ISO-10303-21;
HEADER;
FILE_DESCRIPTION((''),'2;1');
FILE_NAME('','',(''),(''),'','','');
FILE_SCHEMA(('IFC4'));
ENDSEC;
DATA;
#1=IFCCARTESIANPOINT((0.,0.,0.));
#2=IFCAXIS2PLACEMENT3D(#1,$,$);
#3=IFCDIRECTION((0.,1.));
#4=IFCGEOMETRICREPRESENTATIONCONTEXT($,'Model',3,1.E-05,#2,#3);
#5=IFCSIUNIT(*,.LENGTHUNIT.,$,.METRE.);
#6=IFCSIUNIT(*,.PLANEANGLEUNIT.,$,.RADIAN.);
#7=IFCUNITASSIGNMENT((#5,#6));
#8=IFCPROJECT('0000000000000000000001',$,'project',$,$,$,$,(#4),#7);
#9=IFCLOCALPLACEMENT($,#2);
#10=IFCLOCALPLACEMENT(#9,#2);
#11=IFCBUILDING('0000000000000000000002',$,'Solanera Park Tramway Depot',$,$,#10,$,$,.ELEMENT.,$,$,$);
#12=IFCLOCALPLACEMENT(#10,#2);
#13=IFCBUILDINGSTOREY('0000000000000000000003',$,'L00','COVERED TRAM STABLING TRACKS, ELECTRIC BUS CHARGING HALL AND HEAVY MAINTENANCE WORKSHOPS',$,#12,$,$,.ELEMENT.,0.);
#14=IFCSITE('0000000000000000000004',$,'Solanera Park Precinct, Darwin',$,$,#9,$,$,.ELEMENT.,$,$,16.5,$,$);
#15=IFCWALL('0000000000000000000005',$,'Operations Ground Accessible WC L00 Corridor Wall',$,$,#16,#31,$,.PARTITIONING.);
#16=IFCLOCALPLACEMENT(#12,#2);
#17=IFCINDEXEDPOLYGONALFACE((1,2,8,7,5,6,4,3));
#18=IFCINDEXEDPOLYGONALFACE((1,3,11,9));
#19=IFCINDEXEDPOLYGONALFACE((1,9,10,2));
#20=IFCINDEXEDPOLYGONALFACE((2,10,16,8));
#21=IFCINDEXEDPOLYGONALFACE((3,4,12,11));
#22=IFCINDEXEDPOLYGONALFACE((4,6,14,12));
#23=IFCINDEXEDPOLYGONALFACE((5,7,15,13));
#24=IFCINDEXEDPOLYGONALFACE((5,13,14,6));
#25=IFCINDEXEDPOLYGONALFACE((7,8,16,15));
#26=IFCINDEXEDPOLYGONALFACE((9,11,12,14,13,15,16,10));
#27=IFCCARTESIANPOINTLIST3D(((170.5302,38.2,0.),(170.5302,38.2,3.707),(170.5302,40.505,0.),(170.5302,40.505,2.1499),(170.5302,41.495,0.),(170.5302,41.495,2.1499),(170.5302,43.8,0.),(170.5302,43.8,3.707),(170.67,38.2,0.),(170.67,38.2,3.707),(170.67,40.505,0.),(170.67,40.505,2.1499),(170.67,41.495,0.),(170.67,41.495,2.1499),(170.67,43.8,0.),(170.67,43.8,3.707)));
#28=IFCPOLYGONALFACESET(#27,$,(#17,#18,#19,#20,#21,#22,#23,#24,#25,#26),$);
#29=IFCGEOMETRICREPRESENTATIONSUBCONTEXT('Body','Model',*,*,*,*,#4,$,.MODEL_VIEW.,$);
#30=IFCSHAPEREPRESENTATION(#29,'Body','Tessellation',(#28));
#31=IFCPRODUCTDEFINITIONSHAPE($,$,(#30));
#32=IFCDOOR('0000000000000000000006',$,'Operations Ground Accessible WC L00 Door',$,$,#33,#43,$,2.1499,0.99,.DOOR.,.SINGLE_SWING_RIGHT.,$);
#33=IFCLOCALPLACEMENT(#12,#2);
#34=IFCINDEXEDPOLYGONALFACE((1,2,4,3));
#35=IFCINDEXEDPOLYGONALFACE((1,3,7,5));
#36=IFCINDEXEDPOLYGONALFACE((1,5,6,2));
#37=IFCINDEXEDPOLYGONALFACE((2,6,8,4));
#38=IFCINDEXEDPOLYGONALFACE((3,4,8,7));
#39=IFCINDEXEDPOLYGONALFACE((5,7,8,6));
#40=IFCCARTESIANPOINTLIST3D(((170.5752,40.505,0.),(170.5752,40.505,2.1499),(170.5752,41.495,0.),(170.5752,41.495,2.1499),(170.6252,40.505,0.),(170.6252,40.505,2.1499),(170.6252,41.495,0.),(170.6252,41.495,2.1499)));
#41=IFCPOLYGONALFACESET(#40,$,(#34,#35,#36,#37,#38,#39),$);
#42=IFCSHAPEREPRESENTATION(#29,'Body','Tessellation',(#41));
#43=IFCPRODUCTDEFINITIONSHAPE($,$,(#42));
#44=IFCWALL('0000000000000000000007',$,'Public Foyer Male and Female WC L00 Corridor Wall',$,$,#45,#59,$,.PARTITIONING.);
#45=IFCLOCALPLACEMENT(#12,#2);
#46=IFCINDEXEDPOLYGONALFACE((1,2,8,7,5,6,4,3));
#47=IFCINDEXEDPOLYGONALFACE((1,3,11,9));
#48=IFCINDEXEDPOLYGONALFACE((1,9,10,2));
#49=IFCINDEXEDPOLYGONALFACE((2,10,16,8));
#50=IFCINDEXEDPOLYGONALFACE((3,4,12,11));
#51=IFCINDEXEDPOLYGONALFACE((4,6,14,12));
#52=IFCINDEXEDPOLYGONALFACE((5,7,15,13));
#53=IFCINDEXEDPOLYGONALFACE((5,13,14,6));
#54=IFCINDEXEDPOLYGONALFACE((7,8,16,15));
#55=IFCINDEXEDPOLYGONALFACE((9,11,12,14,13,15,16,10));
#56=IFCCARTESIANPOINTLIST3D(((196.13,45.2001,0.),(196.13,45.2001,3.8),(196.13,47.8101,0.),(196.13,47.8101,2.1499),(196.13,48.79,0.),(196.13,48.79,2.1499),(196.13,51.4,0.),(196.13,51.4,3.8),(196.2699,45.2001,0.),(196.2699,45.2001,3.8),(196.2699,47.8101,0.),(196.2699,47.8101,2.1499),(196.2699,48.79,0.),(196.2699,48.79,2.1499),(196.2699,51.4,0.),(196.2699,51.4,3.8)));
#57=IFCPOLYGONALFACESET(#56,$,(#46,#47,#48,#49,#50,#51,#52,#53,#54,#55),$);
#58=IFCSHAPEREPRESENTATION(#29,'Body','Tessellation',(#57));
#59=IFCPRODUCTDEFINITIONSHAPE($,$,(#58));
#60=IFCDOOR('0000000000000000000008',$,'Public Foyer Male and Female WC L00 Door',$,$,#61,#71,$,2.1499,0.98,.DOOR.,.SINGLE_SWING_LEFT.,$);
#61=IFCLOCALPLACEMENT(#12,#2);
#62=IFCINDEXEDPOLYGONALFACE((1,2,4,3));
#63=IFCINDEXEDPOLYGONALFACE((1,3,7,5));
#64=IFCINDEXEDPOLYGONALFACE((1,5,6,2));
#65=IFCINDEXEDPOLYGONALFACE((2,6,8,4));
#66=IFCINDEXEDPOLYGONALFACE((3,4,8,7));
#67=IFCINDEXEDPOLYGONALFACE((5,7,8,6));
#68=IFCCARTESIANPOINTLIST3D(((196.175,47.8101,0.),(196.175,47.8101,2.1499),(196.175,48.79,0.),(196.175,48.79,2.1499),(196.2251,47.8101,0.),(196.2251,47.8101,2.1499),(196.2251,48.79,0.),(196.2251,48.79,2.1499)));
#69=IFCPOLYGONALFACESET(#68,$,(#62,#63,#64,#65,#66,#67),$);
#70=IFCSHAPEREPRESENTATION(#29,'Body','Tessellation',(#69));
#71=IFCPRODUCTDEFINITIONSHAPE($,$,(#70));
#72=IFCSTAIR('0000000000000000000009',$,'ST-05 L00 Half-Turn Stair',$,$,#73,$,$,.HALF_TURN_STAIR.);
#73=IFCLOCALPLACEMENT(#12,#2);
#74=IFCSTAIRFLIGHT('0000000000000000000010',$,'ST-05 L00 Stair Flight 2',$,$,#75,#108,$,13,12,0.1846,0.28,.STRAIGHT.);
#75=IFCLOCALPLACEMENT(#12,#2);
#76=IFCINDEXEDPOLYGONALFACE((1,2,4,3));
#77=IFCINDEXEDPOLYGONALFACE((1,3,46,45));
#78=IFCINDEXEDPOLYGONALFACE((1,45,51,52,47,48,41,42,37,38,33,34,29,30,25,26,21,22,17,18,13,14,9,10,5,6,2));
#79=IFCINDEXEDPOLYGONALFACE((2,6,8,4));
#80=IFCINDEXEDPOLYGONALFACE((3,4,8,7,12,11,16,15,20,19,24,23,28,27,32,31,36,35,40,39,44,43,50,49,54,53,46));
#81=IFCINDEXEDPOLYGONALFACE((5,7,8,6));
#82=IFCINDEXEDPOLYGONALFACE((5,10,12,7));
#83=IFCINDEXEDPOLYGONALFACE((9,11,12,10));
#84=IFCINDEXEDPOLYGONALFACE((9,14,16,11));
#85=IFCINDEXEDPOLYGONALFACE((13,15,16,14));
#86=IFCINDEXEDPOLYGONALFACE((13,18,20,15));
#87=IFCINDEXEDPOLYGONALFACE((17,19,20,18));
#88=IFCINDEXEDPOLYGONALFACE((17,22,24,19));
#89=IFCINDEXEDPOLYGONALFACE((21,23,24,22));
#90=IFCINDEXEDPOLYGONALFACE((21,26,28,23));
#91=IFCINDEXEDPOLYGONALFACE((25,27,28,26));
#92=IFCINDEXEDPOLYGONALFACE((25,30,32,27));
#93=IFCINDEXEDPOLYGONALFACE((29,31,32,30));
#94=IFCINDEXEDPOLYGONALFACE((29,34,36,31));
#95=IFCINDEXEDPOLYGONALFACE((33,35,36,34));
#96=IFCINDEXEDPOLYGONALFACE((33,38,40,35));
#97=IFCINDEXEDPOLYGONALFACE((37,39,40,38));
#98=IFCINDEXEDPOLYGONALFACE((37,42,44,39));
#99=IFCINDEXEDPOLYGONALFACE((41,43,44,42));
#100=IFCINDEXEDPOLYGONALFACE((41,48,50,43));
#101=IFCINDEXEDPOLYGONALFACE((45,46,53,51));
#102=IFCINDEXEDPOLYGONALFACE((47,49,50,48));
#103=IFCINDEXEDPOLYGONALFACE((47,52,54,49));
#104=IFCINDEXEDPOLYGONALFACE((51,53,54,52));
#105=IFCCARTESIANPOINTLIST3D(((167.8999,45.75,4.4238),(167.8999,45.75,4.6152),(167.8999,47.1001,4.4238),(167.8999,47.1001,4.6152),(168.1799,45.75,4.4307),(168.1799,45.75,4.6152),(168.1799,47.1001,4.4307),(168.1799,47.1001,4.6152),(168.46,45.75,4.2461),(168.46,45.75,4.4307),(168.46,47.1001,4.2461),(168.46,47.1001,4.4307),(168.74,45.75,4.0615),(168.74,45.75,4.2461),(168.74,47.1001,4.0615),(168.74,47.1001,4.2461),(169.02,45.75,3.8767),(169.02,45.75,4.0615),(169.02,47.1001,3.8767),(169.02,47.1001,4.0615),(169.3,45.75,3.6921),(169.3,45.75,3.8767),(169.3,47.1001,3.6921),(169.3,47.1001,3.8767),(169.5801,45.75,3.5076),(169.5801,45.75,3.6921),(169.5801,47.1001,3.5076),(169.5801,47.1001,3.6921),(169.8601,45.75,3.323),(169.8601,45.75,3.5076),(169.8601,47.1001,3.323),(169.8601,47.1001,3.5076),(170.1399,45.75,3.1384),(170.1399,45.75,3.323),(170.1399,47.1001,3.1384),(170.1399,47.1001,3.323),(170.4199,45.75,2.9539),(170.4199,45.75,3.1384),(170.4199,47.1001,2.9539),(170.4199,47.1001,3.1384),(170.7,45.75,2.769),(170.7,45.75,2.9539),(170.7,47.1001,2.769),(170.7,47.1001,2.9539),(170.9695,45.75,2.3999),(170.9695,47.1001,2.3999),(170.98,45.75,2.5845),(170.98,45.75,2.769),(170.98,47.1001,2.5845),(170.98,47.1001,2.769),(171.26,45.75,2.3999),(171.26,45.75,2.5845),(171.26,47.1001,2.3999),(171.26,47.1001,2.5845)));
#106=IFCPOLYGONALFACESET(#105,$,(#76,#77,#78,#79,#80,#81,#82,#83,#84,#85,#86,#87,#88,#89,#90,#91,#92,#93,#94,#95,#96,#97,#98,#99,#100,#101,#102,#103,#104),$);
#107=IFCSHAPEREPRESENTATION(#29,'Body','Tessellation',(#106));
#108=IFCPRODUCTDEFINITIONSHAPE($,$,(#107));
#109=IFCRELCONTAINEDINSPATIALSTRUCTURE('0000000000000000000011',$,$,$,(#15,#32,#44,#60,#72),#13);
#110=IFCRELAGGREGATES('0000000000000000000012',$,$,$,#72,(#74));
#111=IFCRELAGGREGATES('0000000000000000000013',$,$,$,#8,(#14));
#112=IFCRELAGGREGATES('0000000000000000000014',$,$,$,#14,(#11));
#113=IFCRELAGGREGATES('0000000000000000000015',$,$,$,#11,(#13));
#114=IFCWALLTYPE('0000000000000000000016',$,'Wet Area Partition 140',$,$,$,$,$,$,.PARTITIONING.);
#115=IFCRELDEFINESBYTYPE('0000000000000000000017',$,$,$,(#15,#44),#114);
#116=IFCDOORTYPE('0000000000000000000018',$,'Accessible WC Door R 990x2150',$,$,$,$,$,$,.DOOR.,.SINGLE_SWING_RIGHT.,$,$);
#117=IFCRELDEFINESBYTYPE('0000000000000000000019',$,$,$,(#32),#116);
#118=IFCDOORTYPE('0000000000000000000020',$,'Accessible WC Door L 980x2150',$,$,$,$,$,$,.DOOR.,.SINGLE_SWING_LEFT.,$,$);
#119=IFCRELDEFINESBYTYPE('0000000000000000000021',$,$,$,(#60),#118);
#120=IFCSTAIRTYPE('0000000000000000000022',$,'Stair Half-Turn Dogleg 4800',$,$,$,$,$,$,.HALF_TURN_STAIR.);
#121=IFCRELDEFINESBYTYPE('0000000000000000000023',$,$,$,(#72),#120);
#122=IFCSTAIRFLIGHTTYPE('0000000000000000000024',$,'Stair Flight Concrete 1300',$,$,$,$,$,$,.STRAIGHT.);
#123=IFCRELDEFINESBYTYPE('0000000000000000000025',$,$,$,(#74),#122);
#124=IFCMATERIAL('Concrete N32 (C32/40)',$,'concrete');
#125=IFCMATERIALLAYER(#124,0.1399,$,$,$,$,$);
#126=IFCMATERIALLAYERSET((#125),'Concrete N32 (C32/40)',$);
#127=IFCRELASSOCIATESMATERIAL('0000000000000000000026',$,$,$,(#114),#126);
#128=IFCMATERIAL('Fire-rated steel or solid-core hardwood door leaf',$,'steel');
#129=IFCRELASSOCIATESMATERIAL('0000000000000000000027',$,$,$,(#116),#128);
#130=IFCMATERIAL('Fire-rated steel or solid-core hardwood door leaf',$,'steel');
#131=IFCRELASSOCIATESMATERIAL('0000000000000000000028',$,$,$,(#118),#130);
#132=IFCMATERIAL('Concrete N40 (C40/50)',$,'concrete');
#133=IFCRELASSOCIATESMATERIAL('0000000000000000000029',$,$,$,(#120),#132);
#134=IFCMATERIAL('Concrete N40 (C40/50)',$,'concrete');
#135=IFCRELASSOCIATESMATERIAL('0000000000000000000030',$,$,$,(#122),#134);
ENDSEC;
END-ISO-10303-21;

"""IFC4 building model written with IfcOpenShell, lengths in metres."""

from ifc_helpers import new_model, si_unit, direction, frame, frame_2d, origin, place, context, subcontext, project, spatial, polyline, rectangle, outline, extrude, material, layer, layer_set, type_object, element, fill, aggregate, save


model = new_model("IFC4")

# Units and contexts
model_context = context("Model", 3, precision=1e-05, world=origin(), true_north=direction((0.0, 1.0)))
body_context = subcontext(model_context, "Body", "Model", "MODEL_VIEW")
ifc_project = project(units=[si_unit("LENGTHUNIT", "METRE"), si_unit("PLANEANGLEUNIT", "RADIAN")], contexts=[model_context])

# Site, building, storey
site_placement = place(None, origin())
site = spatial("IfcSite", under=ifc_project, at=site_placement, Name="Solanera Park Precinct, Darwin", CompositionType="ELEMENT", RefElevation=16.5)
building_placement = place(site_placement, origin())
building = spatial("IfcBuilding", under=site, at=building_placement, Name="Solanera Park Tramway Depot", CompositionType="ELEMENT")
storey_placement = place(building_placement, origin())
storey = spatial("IfcBuildingStorey", under=building, at=storey_placement, Name="L00", Description="COVERED TRAM STABLING TRACKS, ELECTRIC BUS CHARGING HALL AND HEAVY MAINTENANCE WORKSHOPS", CompositionType="ELEMENT", Elevation=0.0)

# Walls, openings, doors
ifc_material_1 = material(Name="Concrete N32 (C32/40)", Category="concrete")
ifc_layer_1 = layer(ifc_material_1, 0.1399)
ifc_layer_set_1 = layer_set([ifc_layer_1], Name="Concrete N32 (C32/40)")
wall_type_1 = type_object("IfcWallType", Name="Wet Area Partition 140", PredefinedType="PARTITIONING", material=ifc_layer_set_1)
wall_1_placement = place(storey_placement, frame((170.6001, 38.2, 0.0), z_axis=(0.0, 0.0, 1.0), x_axis=(0.0, 1.0, 0.0)))
wall_1 = element("IfcWall", 1, at=wall_1_placement, inside=storey, type_object=wall_type_1, Name="Operations Ground Accessible WC L00 Corridor Wall", PredefinedType="PARTITIONING", context=body_context, shape_type="SweptSolid", body=[
    extrude(rectangle(XDim=5.6001, YDim=0.1399, at=frame_2d((2.8, 0.0))), origin(), (0.0, 0.0, 1.0), 3.707),
])
opening_1_placement = place(wall_1_placement, frame((2.3049, 0.0, 0.0)))
opening_1 = element("IfcOpeningElement", 2, at=opening_1_placement, cuts=wall_1, PredefinedType="OPENING", context=body_context, shape_type="SweptSolid", body=[
    extrude(rectangle(XDim=0.99, YDim=2.1499, at=frame_2d((0.4951, 1.075))), frame((0.0, 0.0801, 0.0), z_axis=(0.0, -1.0, 0.0), x_axis=(1.0, 0.0, 0.0)), (0.0, 0.0, 1.0), 0.1599),
])
ifc_material_2 = material(Name="Fire-rated steel or solid-core hardwood door leaf", Category="steel")
door_type_1 = type_object("IfcDoorType", Name="Accessible WC Door R 990x2150", OperationType="SINGLE_SWING_RIGHT", PredefinedType="DOOR", material=ifc_material_2)
door_1_placement = place(opening_1_placement, origin())
door_1 = element("IfcDoor", 3, at=door_1_placement, inside=storey, type_object=door_type_1, Name="Operations Ground Accessible WC L00 Door", OperationType="SINGLE_SWING_RIGHT", OverallHeight=2.1499, OverallWidth=0.99, PredefinedType="DOOR", context=body_context, shape_type="SweptSolid", body=[
    extrude(rectangle(XDim=0.99, YDim=2.1499, at=frame_2d((0.4951, 1.075))), frame((0.0, 0.0249, 0.0), z_axis=(0.0, -1.0, 0.0), x_axis=(1.0, 0.0, 0.0)), (0.0, 0.0, 1.0), 0.05),
])
fill(opening_1, door_1)
wall_2_placement = place(storey_placement, frame((196.2, 45.2, 0.0), z_axis=(0.0, 0.0, 1.0), x_axis=(0.0, 1.0, 0.0)))
wall_2 = element("IfcWall", 4, at=wall_2_placement, inside=storey, type_object=wall_type_1, Name="Public Foyer Male and Female WC L00 Corridor Wall", PredefinedType="PARTITIONING", context=body_context, shape_type="SweptSolid", body=[
    extrude(rectangle(XDim=6.2, YDim=0.1399, at=frame_2d((3.1001, 0.0))), origin(), (0.0, 0.0, 1.0), 3.8),
])
opening_2_placement = place(wall_2_placement, frame((2.6101, 0.0, 0.0)))
opening_2 = element("IfcOpeningElement", 5, at=opening_2_placement, cuts=wall_2, PredefinedType="OPENING", context=body_context, shape_type="SweptSolid", body=[
    extrude(rectangle(XDim=0.98, YDim=2.1499, at=frame_2d((0.49, 1.075))), frame((0.0, 0.0801, 0.0), z_axis=(0.0, -1.0, 0.0), x_axis=(1.0, 0.0, 0.0)), (0.0, 0.0, 1.0), 0.1599),
])
ifc_material_3 = material(Name="Fire-rated steel or solid-core hardwood door leaf", Category="steel")
door_type_2 = type_object("IfcDoorType", Name="Accessible WC Door L 980x2150", OperationType="SINGLE_SWING_LEFT", PredefinedType="DOOR", material=ifc_material_3)
door_2_placement = place(opening_2_placement, origin())
door_2 = element("IfcDoor", 6, at=door_2_placement, inside=storey, type_object=door_type_2, Name="Public Foyer Male and Female WC L00 Door", OperationType="SINGLE_SWING_LEFT", OverallHeight=2.1499, OverallWidth=0.98, PredefinedType="DOOR", context=body_context, shape_type="SweptSolid", body=[
    extrude(rectangle(XDim=0.98, YDim=2.1499, at=frame_2d((0.49, 1.075))), frame((0.0, 0.0249, 0.0), z_axis=(0.0, -1.0, 0.0), x_axis=(1.0, 0.0, 0.0)), (0.0, 0.0, 1.0), 0.05),
])
fill(opening_2, door_2)

# Stair, stair flight
ifc_material_4 = material(Name="Concrete N40 (C40/50)", Category="concrete")
stair_type = type_object("IfcStairType", Name="Stair Half-Turn Dogleg 4800", PredefinedType="HALF_TURN_STAIR", material=ifc_material_4)
stair_placement = place(storey_placement, origin())
stair = element("IfcStair", 7, at=stair_placement, inside=storey, type_object=stair_type, Name="ST-05 L00 Half-Turn Stair", PredefinedType="HALF_TURN_STAIR")
ifc_material_5 = material(Name="Concrete N40 (C40/50)", Category="concrete")
stair_flight_type = type_object("IfcStairFlightType", Name="Stair Flight Concrete 1300", PredefinedType="STRAIGHT", material=ifc_material_5)
stair_flight_placement = place(storey_placement, frame((171.26, 46.425, 2.3999), z_axis=(0.0, 0.0, 1.0), x_axis=(-1.0, 0.0, 0.0)))
stair_flight = element("IfcStairFlight", 8, at=stair_flight_placement, type_object=stair_flight_type, Name="ST-05 L00 Stair Flight 2", NumberOfRisers=13, NumberOfTreads=12, PredefinedType="STRAIGHT", RiserHeight=0.1846, TreadLength=0.28, context=body_context, shape_type="SweptSolid", body=[
    extrude(outline(polyline([(0.0, 0.0), (0.0, 0.1846), (0.28, 0.1846), (0.28, 0.3691), (0.5601, 0.3691), (0.5601, 0.554), (0.8401, 0.554), (0.8401, 0.7385), (1.1201, 0.7385), (1.1201, 0.9231), (1.3999, 0.9231), (1.3999, 1.1077), (1.6799, 1.1077), (1.6799, 1.2922), (1.96, 1.2922), (1.96, 1.4768), (2.24, 1.4768), (2.24, 1.6616), (2.52, 1.6616), (2.52, 1.8462), (2.8, 1.8462), (2.8, 2.0308), (3.0801, 2.0308), (3.0801, 2.2153), (3.3601, 2.2153), (3.3601, 2.3999), (3.3601, 2.0239), (0.2905, 0.0), (0.0, 0.0)])), frame((0.0, 0.675, 0.0), z_axis=(0.0, -1.0, 0.0), x_axis=(1.0, 0.0, 0.0)), (0.0, 0.0, 1.0), 1.3501),
])
aggregate(stair, [stair_flight])

save(model, "model.ifc")
